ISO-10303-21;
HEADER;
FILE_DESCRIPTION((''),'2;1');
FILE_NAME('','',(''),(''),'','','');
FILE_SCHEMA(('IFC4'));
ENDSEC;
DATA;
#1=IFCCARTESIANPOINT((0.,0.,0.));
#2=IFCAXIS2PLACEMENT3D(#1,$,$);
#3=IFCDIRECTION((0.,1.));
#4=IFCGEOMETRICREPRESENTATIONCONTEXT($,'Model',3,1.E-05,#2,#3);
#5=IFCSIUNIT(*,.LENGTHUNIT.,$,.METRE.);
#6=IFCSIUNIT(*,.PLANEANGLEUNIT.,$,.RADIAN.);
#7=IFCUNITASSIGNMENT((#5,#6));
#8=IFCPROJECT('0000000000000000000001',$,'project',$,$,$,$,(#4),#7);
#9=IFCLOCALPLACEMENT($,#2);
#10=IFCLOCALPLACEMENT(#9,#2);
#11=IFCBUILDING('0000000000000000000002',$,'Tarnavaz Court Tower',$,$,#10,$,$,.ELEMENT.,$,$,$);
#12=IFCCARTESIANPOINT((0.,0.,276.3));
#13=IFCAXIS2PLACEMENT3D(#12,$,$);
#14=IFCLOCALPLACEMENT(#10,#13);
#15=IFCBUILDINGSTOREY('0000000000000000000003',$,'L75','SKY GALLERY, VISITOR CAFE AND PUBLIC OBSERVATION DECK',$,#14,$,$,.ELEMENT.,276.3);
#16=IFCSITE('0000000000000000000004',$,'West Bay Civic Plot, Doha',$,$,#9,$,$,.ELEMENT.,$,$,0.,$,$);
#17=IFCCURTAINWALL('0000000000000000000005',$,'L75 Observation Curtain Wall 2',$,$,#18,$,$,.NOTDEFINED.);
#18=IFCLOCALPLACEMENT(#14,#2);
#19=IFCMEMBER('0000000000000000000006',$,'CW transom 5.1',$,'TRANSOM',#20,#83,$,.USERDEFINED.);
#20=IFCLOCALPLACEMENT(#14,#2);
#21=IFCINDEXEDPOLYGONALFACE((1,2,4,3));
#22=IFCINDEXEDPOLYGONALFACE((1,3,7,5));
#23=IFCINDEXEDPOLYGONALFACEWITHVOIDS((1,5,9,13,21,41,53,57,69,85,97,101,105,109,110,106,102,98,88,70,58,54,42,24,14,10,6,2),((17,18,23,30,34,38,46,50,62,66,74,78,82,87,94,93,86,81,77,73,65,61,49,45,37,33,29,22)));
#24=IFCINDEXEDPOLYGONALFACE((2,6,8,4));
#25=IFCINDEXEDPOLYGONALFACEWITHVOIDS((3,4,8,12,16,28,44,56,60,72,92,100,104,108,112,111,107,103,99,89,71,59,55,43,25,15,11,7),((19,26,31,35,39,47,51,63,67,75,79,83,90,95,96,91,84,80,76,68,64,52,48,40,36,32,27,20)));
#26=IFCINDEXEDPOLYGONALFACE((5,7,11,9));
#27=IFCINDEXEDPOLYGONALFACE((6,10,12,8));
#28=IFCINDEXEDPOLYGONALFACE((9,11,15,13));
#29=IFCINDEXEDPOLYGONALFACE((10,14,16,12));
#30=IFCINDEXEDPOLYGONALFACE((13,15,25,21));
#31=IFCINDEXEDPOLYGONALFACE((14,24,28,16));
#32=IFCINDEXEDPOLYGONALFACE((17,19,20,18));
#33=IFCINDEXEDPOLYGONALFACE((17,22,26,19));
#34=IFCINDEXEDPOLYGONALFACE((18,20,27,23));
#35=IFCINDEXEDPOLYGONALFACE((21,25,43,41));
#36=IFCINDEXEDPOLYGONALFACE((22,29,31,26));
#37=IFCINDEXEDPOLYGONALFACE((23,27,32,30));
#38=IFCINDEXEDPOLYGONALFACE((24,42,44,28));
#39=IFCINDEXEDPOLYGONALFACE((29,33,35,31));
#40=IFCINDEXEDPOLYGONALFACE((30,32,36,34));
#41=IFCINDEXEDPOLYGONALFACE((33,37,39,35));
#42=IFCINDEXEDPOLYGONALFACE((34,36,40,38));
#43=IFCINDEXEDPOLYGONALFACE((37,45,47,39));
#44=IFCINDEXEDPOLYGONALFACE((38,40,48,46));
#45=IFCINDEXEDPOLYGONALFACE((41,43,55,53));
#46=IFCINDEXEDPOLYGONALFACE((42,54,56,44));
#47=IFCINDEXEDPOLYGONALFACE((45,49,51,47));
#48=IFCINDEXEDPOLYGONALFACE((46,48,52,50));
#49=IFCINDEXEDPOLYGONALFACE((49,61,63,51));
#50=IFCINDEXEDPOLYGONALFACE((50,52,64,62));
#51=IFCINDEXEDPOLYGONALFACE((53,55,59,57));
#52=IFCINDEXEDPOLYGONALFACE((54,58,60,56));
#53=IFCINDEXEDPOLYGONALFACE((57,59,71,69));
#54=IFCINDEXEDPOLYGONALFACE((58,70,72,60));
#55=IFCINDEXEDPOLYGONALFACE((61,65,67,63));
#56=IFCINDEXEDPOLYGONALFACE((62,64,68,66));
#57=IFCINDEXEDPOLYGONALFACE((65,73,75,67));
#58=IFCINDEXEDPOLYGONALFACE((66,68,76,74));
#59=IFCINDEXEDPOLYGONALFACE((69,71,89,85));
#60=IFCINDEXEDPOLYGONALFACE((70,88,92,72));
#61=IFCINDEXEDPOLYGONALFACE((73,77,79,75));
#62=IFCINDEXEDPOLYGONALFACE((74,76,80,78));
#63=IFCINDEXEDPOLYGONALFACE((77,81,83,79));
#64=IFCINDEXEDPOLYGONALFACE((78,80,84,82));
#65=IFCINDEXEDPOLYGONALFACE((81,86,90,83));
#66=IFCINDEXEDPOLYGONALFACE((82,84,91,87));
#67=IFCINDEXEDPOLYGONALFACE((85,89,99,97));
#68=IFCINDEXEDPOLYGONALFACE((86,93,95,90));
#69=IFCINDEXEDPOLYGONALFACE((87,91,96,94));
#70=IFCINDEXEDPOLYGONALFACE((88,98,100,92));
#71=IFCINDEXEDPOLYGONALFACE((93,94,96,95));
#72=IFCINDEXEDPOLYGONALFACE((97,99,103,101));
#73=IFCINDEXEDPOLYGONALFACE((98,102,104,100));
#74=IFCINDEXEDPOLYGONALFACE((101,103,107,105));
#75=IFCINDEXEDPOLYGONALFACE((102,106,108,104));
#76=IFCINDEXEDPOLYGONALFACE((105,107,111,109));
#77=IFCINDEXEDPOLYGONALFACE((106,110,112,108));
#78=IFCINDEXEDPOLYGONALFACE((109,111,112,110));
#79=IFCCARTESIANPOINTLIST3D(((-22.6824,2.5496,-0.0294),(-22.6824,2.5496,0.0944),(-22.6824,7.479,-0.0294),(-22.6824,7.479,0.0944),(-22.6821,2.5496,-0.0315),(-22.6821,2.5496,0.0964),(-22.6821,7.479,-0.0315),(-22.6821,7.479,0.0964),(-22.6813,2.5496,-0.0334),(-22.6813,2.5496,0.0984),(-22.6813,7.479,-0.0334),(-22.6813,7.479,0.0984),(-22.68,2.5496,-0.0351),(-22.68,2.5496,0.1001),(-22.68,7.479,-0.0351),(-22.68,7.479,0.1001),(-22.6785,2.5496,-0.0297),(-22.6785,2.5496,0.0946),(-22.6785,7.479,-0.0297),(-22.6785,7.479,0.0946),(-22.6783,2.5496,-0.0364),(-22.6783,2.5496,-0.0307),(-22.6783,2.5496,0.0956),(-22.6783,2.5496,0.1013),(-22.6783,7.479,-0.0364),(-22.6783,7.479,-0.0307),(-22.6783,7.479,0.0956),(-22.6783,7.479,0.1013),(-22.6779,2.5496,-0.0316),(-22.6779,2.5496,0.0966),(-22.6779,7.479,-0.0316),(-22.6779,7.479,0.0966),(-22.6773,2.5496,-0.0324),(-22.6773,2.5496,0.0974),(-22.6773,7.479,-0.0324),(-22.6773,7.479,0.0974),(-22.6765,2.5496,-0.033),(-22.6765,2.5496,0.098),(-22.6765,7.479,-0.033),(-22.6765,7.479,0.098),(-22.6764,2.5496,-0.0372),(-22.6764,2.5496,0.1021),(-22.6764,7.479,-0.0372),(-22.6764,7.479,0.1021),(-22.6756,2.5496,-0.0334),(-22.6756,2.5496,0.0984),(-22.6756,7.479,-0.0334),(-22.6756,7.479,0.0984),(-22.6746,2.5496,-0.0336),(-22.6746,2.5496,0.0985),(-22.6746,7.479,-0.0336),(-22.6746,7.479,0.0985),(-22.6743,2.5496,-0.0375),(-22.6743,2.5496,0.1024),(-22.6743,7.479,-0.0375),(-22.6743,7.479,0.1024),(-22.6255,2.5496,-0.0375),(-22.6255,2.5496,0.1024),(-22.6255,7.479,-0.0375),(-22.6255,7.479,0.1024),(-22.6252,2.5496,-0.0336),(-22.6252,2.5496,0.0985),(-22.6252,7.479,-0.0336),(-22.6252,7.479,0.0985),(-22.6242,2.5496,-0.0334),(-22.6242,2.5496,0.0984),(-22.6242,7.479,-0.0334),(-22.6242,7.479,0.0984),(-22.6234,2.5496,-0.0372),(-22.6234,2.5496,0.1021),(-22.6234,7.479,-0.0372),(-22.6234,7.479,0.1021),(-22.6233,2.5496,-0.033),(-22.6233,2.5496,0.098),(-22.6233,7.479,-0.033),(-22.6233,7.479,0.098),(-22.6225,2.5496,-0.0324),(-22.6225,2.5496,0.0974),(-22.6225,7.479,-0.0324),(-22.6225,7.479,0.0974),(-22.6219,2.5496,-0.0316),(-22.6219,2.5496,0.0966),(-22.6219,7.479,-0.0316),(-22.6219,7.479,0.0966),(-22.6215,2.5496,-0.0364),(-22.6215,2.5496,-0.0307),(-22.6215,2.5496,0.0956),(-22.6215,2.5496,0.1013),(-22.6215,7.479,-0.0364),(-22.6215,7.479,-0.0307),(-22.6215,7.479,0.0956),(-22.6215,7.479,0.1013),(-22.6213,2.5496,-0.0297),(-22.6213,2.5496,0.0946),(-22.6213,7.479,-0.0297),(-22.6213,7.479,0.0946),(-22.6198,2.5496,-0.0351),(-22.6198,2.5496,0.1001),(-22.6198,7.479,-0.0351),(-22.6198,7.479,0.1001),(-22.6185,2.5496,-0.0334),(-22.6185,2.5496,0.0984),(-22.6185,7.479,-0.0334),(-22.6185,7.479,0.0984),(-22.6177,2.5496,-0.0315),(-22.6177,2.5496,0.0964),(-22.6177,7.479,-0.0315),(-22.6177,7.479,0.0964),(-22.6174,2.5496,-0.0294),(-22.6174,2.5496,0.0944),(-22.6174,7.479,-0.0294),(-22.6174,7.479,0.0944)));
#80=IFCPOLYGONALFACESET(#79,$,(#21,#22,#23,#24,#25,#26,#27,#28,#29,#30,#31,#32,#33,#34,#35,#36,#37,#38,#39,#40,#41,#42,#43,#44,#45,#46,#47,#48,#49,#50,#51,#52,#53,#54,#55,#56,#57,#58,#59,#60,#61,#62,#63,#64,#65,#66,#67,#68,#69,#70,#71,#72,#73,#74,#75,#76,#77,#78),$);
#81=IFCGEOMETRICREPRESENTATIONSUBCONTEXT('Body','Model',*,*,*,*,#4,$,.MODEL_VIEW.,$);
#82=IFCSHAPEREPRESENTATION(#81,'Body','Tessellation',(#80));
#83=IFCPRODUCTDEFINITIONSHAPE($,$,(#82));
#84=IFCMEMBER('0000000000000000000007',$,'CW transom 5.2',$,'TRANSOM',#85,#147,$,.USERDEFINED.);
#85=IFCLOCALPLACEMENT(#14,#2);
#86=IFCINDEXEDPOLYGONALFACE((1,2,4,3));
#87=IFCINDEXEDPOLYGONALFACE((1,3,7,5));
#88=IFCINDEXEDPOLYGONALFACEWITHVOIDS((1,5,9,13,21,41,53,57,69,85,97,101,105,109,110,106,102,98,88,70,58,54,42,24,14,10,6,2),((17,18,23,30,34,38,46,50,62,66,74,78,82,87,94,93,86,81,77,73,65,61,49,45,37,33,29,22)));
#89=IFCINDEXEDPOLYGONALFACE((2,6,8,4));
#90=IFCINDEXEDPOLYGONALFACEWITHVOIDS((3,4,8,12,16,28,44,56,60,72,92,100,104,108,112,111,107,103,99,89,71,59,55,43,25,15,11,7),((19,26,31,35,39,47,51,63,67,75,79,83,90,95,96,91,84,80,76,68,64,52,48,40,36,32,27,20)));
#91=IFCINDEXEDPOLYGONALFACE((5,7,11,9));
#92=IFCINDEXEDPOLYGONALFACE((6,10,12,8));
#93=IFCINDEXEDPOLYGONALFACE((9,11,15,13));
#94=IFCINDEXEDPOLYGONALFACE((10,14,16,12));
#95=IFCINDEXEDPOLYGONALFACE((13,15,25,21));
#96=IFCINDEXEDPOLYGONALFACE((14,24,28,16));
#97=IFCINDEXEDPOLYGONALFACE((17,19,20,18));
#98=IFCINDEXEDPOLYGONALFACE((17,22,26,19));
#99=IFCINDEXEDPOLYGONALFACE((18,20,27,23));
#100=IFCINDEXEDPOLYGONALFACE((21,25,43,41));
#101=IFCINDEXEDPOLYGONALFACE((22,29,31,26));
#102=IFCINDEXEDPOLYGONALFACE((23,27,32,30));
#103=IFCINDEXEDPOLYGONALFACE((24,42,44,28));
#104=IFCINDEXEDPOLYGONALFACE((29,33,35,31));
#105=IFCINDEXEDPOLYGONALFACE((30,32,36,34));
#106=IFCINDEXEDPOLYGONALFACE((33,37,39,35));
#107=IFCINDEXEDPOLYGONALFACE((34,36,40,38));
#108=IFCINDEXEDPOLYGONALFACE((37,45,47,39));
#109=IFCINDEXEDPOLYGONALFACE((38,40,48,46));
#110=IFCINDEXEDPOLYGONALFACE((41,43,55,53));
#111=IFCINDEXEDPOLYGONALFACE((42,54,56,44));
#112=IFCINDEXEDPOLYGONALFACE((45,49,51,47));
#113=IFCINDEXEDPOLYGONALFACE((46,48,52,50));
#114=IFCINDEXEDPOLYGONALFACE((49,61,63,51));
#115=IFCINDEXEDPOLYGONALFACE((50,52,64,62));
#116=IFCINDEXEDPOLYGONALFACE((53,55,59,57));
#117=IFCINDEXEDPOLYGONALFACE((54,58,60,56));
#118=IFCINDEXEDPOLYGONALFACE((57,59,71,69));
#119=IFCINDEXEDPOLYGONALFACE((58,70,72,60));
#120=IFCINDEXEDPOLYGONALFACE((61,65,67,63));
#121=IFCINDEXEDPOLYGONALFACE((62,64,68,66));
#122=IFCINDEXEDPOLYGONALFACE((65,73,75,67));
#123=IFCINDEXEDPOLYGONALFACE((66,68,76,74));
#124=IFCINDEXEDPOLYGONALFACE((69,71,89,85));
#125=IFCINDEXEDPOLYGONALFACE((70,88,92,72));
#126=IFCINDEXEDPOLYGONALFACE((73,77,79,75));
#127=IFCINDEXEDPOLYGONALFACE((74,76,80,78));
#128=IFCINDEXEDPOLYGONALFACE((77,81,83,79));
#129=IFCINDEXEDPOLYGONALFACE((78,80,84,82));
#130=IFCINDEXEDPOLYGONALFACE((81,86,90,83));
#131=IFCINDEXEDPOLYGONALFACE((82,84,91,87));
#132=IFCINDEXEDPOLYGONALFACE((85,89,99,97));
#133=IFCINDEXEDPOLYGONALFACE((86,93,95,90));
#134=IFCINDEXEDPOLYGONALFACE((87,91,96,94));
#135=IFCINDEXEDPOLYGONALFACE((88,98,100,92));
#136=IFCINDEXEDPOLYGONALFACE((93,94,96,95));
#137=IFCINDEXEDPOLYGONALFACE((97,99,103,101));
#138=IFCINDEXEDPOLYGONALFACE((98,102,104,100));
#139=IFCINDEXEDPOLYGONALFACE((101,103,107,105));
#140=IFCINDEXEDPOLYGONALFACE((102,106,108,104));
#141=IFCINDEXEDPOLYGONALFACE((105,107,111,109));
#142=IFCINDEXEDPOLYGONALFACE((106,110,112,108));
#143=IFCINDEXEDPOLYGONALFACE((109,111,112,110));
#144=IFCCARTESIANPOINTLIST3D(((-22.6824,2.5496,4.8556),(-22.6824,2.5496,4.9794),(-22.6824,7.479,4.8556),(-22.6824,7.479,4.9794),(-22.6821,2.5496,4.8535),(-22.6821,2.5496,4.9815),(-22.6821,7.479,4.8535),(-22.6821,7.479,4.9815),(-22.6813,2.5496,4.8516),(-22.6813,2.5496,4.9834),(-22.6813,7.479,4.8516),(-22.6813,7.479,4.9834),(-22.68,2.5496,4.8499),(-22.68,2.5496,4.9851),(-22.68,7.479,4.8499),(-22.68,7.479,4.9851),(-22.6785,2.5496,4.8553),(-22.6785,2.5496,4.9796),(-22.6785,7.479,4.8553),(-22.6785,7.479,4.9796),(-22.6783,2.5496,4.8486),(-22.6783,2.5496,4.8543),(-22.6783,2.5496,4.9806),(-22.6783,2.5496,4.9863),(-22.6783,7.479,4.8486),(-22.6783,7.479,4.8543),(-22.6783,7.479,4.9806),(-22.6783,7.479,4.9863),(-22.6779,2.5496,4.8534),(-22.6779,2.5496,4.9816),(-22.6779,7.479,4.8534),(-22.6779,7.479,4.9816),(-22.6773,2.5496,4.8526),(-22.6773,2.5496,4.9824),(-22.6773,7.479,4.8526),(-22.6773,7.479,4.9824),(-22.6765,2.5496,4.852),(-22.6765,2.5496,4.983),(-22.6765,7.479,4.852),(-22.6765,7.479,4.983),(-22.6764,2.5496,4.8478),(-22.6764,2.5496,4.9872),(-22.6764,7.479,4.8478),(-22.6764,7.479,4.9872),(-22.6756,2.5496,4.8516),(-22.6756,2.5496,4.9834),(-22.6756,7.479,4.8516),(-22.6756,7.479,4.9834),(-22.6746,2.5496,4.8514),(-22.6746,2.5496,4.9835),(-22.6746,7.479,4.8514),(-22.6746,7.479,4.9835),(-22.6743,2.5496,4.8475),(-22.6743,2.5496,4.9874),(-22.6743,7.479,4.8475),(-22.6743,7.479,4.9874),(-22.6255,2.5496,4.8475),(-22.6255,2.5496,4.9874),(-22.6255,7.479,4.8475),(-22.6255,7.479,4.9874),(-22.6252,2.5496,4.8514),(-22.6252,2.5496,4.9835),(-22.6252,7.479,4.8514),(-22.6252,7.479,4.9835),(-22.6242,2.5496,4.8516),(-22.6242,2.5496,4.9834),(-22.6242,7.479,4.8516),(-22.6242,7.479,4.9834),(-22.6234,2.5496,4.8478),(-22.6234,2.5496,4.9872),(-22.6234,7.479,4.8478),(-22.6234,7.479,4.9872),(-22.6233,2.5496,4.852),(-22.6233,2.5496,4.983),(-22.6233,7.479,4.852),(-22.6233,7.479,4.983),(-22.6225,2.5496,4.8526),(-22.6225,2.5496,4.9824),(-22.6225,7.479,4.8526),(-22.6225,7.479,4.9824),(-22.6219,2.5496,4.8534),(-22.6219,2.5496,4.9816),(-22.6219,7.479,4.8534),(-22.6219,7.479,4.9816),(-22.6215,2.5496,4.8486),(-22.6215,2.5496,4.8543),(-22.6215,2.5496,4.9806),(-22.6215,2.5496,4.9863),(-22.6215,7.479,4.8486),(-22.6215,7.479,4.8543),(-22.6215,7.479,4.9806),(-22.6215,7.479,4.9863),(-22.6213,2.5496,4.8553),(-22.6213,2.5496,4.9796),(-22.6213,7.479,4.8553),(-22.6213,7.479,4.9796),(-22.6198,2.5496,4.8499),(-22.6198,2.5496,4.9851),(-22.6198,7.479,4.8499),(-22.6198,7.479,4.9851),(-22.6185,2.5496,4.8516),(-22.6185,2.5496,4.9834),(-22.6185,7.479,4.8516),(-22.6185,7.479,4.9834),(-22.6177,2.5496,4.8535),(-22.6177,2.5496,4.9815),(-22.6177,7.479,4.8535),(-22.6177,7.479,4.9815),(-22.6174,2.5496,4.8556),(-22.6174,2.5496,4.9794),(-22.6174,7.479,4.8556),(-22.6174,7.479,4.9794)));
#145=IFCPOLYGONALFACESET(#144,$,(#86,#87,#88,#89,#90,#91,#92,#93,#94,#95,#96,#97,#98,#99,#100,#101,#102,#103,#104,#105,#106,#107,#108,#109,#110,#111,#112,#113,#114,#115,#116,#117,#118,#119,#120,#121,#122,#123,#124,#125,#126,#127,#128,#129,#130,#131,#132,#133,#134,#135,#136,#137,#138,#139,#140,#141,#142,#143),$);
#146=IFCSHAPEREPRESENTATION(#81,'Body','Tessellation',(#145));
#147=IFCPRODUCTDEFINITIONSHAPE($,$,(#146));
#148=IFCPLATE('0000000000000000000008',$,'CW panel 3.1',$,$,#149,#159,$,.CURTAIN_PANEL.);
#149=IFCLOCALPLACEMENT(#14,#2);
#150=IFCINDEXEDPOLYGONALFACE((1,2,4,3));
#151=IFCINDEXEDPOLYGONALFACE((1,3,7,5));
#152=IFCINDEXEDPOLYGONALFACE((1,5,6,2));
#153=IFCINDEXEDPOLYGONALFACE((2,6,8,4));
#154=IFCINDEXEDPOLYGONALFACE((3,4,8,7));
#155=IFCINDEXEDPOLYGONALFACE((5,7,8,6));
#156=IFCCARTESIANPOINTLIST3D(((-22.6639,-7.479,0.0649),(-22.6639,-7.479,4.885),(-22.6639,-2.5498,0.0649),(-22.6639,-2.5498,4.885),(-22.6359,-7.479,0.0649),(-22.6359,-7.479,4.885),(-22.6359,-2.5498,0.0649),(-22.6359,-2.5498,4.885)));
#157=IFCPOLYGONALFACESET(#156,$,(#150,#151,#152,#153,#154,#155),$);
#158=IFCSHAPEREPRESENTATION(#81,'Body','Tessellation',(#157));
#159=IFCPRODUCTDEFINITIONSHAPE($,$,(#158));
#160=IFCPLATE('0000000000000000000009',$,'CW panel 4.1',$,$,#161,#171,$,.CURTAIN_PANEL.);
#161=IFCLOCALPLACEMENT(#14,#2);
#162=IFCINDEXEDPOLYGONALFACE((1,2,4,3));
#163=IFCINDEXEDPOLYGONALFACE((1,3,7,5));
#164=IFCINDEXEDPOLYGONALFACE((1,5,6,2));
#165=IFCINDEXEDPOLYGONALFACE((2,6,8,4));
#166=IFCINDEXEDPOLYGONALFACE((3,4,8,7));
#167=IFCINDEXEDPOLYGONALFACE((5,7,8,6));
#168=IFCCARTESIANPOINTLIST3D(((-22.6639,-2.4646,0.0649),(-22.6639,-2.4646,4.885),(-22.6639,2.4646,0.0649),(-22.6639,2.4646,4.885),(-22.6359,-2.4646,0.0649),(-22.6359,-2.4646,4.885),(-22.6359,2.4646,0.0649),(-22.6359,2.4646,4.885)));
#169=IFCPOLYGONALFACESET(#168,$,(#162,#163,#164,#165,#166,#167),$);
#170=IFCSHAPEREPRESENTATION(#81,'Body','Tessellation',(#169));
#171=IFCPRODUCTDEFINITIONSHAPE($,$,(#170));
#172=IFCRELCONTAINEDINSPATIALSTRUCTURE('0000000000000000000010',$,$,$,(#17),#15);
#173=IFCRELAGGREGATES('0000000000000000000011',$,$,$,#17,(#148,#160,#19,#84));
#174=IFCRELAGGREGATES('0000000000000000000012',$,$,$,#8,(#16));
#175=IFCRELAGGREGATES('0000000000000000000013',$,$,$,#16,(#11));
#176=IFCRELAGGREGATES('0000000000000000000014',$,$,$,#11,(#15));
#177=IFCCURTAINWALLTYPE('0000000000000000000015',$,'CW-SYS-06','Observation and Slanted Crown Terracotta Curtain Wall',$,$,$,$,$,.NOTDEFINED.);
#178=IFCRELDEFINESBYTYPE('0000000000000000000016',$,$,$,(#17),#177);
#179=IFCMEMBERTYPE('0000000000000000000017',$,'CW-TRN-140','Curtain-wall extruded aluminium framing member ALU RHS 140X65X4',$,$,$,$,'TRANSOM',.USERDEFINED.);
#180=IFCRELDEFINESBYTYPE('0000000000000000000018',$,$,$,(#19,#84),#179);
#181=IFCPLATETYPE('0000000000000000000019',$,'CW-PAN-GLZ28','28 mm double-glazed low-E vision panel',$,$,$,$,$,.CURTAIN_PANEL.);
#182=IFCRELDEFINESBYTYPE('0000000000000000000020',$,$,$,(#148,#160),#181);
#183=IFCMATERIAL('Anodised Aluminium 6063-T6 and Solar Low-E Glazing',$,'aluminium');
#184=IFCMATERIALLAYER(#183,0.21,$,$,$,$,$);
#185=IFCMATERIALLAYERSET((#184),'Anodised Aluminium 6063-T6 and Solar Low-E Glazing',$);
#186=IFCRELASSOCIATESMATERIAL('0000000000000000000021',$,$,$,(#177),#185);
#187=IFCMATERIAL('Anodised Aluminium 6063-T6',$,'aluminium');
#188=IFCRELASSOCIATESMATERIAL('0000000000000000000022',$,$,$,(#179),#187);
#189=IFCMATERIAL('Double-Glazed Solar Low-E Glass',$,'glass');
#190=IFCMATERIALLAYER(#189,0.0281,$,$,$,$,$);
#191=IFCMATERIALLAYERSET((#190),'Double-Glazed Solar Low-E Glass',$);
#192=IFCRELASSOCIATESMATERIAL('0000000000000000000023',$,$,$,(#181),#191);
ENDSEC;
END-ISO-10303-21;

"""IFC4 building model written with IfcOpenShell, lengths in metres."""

from ifc_helpers import new_model, si_unit, direction, frame, origin, origin_2d, place, context, subcontext, project, spatial, rectangle, hollow_rectangle, extrude, material, layer, layer_set, material_profile, profile_set, type_object, element, aggregate, save


model = new_model("IFC4")

# Units and contexts
model_context = context("Model", 3, precision=1e-05, world=origin(), true_north=direction((0.0, 1.0)))
body_context = subcontext(model_context, "Body", "Model", "MODEL_VIEW")
ifc_project = project(units=[si_unit("LENGTHUNIT", "METRE"), si_unit("PLANEANGLEUNIT", "RADIAN")], contexts=[model_context])

# Site, building, storey
site_placement = place(None, origin())
site = spatial("IfcSite", under=ifc_project, at=site_placement, Name="West Bay Civic Plot, Doha", CompositionType="ELEMENT", RefElevation=0.0)
building_placement = place(site_placement, origin())
building = spatial("IfcBuilding", under=site, at=building_placement, Name="Tarnavaz Court Tower", CompositionType="ELEMENT")
storey_placement = place(building_placement, frame((0.0, 0.0, 276.3)))
storey = spatial("IfcBuildingStorey", under=building, at=storey_placement, Name="L75", Description="SKY GALLERY, VISITOR CAFE AND PUBLIC OBSERVATION DECK", CompositionType="ELEMENT", Elevation=276.3)

# Curtain wall, members, plates
ifc_material_1 = material(Name="Anodised Aluminium 6063-T6 and Solar Low-E Glazing", Category="aluminium")
ifc_layer_1 = layer(ifc_material_1, 0.21)
ifc_layer_set_1 = layer_set([ifc_layer_1], Name="Anodised Aluminium 6063-T6 and Solar Low-E Glazing")
curtain_wall_type = type_object("IfcCurtainWallType", Name="CW-SYS-06", Description="Observation and Slanted Crown Terracotta Curtain Wall", PredefinedType="NOTDEFINED", material=ifc_layer_set_1)
curtain_wall_placement = place(storey_placement, origin())
curtain_wall = element("IfcCurtainWall", 1, at=curtain_wall_placement, inside=storey, type_object=curtain_wall_type, Name="L75 Observation Curtain Wall 2", PredefinedType="NOTDEFINED")
ifc_material_2 = material(Name="Anodised Aluminium 6063-T6", Category="aluminium")
ifc_material_profile_1 = material_profile(ifc_material_2, hollow_rectangle(XDim=0.0649, YDim=0.1399, WallThickness=0.0039, InnerFilletRadius=0.0039, OuterFilletRadius=0.0081, at=origin_2d()), Name="ALU RHS 140X65X4")
ifc_profile_set_1 = profile_set([ifc_material_profile_1], Name="Anodised Aluminium 6063-T6")
member_type_1 = type_object("IfcMemberType", Name="CW-TRN-140", Description="Curtain-wall extruded aluminium framing member ALU RHS 140X65X4", ElementType="TRANSOM", PredefinedType="USERDEFINED", material=ifc_profile_set_1)
member_1_placement = place(storey_placement, frame((-22.6499, 2.5496, 0.0325), z_axis=(0.0, 1.0, 0.0), x_axis=(-1.0, 0.0, 0.0)))
member_1 = element("IfcMember", 2, at=member_1_placement, type_object=member_type_1, Name="CW transom 5.1", ObjectType="TRANSOM", PredefinedType="USERDEFINED", context=body_context, shape_type="SweptSolid", body=[
    extrude(hollow_rectangle(XDim=0.0649, YDim=0.1399, WallThickness=0.0039, InnerFilletRadius=0.0039, OuterFilletRadius=0.0081, at=origin_2d()), origin(), (0.0, 0.0, 1.0), 4.9294),
])
member_2_placement = place(storey_placement, frame((-22.6499, 2.5496, 4.9175), z_axis=(0.0, 1.0, 0.0), x_axis=(-1.0, 0.0, 0.0)))
member_2 = element("IfcMember", 3, at=member_2_placement, type_object=member_type_1, Name="CW transom 5.2", ObjectType="TRANSOM", PredefinedType="USERDEFINED", context=body_context, shape_type="SweptSolid", body=[
    extrude(hollow_rectangle(XDim=0.0649, YDim=0.1399, WallThickness=0.0039, InnerFilletRadius=0.0039, OuterFilletRadius=0.0081, at=origin_2d()), origin(), (0.0, 0.0, 1.0), 4.9294),
])
ifc_material_3 = material(Name="Double-Glazed Solar Low-E Glass", Category="glass")
ifc_layer_2 = layer(ifc_material_3, 0.0281)
ifc_layer_set_2 = layer_set([ifc_layer_2], Name="Double-Glazed Solar Low-E Glass")
plate_type = type_object("IfcPlateType", Name="CW-PAN-GLZ28", Description="28 mm double-glazed low-E vision panel", PredefinedType="CURTAIN_PANEL", material=ifc_layer_set_2)
plate_1_placement = place(storey_placement, frame((-22.6499, -5.0144, 0.0649), z_axis=(0.0, 0.0, 1.0), x_axis=(0.0, 1.0, 0.0)))
plate_1 = element("IfcPlate", 4, at=plate_1_placement, type_object=plate_type, Name="CW panel 3.1", PredefinedType="CURTAIN_PANEL", context=body_context, shape_type="SweptSolid", body=[
    extrude(rectangle(XDim=4.9292, YDim=0.0281, at=origin_2d()), origin(), (0.0, 0.0, 1.0), 4.8201),
])
plate_2_placement = place(storey_placement, frame((-22.6499, 0.0, 0.0649), z_axis=(0.0, 0.0, 1.0), x_axis=(0.0, 1.0, 0.0)))
plate_2 = element("IfcPlate", 5, at=plate_2_placement, type_object=plate_type, Name="CW panel 4.1", PredefinedType="CURTAIN_PANEL", context=body_context, shape_type="SweptSolid", body=[
    extrude(rectangle(XDim=4.9292, YDim=0.0281, at=origin_2d()), origin(), (0.0, 0.0, 1.0), 4.8201),
])
aggregate(curtain_wall, [plate_1, plate_2, member_1, member_2])

save(model, "model.ifc")
